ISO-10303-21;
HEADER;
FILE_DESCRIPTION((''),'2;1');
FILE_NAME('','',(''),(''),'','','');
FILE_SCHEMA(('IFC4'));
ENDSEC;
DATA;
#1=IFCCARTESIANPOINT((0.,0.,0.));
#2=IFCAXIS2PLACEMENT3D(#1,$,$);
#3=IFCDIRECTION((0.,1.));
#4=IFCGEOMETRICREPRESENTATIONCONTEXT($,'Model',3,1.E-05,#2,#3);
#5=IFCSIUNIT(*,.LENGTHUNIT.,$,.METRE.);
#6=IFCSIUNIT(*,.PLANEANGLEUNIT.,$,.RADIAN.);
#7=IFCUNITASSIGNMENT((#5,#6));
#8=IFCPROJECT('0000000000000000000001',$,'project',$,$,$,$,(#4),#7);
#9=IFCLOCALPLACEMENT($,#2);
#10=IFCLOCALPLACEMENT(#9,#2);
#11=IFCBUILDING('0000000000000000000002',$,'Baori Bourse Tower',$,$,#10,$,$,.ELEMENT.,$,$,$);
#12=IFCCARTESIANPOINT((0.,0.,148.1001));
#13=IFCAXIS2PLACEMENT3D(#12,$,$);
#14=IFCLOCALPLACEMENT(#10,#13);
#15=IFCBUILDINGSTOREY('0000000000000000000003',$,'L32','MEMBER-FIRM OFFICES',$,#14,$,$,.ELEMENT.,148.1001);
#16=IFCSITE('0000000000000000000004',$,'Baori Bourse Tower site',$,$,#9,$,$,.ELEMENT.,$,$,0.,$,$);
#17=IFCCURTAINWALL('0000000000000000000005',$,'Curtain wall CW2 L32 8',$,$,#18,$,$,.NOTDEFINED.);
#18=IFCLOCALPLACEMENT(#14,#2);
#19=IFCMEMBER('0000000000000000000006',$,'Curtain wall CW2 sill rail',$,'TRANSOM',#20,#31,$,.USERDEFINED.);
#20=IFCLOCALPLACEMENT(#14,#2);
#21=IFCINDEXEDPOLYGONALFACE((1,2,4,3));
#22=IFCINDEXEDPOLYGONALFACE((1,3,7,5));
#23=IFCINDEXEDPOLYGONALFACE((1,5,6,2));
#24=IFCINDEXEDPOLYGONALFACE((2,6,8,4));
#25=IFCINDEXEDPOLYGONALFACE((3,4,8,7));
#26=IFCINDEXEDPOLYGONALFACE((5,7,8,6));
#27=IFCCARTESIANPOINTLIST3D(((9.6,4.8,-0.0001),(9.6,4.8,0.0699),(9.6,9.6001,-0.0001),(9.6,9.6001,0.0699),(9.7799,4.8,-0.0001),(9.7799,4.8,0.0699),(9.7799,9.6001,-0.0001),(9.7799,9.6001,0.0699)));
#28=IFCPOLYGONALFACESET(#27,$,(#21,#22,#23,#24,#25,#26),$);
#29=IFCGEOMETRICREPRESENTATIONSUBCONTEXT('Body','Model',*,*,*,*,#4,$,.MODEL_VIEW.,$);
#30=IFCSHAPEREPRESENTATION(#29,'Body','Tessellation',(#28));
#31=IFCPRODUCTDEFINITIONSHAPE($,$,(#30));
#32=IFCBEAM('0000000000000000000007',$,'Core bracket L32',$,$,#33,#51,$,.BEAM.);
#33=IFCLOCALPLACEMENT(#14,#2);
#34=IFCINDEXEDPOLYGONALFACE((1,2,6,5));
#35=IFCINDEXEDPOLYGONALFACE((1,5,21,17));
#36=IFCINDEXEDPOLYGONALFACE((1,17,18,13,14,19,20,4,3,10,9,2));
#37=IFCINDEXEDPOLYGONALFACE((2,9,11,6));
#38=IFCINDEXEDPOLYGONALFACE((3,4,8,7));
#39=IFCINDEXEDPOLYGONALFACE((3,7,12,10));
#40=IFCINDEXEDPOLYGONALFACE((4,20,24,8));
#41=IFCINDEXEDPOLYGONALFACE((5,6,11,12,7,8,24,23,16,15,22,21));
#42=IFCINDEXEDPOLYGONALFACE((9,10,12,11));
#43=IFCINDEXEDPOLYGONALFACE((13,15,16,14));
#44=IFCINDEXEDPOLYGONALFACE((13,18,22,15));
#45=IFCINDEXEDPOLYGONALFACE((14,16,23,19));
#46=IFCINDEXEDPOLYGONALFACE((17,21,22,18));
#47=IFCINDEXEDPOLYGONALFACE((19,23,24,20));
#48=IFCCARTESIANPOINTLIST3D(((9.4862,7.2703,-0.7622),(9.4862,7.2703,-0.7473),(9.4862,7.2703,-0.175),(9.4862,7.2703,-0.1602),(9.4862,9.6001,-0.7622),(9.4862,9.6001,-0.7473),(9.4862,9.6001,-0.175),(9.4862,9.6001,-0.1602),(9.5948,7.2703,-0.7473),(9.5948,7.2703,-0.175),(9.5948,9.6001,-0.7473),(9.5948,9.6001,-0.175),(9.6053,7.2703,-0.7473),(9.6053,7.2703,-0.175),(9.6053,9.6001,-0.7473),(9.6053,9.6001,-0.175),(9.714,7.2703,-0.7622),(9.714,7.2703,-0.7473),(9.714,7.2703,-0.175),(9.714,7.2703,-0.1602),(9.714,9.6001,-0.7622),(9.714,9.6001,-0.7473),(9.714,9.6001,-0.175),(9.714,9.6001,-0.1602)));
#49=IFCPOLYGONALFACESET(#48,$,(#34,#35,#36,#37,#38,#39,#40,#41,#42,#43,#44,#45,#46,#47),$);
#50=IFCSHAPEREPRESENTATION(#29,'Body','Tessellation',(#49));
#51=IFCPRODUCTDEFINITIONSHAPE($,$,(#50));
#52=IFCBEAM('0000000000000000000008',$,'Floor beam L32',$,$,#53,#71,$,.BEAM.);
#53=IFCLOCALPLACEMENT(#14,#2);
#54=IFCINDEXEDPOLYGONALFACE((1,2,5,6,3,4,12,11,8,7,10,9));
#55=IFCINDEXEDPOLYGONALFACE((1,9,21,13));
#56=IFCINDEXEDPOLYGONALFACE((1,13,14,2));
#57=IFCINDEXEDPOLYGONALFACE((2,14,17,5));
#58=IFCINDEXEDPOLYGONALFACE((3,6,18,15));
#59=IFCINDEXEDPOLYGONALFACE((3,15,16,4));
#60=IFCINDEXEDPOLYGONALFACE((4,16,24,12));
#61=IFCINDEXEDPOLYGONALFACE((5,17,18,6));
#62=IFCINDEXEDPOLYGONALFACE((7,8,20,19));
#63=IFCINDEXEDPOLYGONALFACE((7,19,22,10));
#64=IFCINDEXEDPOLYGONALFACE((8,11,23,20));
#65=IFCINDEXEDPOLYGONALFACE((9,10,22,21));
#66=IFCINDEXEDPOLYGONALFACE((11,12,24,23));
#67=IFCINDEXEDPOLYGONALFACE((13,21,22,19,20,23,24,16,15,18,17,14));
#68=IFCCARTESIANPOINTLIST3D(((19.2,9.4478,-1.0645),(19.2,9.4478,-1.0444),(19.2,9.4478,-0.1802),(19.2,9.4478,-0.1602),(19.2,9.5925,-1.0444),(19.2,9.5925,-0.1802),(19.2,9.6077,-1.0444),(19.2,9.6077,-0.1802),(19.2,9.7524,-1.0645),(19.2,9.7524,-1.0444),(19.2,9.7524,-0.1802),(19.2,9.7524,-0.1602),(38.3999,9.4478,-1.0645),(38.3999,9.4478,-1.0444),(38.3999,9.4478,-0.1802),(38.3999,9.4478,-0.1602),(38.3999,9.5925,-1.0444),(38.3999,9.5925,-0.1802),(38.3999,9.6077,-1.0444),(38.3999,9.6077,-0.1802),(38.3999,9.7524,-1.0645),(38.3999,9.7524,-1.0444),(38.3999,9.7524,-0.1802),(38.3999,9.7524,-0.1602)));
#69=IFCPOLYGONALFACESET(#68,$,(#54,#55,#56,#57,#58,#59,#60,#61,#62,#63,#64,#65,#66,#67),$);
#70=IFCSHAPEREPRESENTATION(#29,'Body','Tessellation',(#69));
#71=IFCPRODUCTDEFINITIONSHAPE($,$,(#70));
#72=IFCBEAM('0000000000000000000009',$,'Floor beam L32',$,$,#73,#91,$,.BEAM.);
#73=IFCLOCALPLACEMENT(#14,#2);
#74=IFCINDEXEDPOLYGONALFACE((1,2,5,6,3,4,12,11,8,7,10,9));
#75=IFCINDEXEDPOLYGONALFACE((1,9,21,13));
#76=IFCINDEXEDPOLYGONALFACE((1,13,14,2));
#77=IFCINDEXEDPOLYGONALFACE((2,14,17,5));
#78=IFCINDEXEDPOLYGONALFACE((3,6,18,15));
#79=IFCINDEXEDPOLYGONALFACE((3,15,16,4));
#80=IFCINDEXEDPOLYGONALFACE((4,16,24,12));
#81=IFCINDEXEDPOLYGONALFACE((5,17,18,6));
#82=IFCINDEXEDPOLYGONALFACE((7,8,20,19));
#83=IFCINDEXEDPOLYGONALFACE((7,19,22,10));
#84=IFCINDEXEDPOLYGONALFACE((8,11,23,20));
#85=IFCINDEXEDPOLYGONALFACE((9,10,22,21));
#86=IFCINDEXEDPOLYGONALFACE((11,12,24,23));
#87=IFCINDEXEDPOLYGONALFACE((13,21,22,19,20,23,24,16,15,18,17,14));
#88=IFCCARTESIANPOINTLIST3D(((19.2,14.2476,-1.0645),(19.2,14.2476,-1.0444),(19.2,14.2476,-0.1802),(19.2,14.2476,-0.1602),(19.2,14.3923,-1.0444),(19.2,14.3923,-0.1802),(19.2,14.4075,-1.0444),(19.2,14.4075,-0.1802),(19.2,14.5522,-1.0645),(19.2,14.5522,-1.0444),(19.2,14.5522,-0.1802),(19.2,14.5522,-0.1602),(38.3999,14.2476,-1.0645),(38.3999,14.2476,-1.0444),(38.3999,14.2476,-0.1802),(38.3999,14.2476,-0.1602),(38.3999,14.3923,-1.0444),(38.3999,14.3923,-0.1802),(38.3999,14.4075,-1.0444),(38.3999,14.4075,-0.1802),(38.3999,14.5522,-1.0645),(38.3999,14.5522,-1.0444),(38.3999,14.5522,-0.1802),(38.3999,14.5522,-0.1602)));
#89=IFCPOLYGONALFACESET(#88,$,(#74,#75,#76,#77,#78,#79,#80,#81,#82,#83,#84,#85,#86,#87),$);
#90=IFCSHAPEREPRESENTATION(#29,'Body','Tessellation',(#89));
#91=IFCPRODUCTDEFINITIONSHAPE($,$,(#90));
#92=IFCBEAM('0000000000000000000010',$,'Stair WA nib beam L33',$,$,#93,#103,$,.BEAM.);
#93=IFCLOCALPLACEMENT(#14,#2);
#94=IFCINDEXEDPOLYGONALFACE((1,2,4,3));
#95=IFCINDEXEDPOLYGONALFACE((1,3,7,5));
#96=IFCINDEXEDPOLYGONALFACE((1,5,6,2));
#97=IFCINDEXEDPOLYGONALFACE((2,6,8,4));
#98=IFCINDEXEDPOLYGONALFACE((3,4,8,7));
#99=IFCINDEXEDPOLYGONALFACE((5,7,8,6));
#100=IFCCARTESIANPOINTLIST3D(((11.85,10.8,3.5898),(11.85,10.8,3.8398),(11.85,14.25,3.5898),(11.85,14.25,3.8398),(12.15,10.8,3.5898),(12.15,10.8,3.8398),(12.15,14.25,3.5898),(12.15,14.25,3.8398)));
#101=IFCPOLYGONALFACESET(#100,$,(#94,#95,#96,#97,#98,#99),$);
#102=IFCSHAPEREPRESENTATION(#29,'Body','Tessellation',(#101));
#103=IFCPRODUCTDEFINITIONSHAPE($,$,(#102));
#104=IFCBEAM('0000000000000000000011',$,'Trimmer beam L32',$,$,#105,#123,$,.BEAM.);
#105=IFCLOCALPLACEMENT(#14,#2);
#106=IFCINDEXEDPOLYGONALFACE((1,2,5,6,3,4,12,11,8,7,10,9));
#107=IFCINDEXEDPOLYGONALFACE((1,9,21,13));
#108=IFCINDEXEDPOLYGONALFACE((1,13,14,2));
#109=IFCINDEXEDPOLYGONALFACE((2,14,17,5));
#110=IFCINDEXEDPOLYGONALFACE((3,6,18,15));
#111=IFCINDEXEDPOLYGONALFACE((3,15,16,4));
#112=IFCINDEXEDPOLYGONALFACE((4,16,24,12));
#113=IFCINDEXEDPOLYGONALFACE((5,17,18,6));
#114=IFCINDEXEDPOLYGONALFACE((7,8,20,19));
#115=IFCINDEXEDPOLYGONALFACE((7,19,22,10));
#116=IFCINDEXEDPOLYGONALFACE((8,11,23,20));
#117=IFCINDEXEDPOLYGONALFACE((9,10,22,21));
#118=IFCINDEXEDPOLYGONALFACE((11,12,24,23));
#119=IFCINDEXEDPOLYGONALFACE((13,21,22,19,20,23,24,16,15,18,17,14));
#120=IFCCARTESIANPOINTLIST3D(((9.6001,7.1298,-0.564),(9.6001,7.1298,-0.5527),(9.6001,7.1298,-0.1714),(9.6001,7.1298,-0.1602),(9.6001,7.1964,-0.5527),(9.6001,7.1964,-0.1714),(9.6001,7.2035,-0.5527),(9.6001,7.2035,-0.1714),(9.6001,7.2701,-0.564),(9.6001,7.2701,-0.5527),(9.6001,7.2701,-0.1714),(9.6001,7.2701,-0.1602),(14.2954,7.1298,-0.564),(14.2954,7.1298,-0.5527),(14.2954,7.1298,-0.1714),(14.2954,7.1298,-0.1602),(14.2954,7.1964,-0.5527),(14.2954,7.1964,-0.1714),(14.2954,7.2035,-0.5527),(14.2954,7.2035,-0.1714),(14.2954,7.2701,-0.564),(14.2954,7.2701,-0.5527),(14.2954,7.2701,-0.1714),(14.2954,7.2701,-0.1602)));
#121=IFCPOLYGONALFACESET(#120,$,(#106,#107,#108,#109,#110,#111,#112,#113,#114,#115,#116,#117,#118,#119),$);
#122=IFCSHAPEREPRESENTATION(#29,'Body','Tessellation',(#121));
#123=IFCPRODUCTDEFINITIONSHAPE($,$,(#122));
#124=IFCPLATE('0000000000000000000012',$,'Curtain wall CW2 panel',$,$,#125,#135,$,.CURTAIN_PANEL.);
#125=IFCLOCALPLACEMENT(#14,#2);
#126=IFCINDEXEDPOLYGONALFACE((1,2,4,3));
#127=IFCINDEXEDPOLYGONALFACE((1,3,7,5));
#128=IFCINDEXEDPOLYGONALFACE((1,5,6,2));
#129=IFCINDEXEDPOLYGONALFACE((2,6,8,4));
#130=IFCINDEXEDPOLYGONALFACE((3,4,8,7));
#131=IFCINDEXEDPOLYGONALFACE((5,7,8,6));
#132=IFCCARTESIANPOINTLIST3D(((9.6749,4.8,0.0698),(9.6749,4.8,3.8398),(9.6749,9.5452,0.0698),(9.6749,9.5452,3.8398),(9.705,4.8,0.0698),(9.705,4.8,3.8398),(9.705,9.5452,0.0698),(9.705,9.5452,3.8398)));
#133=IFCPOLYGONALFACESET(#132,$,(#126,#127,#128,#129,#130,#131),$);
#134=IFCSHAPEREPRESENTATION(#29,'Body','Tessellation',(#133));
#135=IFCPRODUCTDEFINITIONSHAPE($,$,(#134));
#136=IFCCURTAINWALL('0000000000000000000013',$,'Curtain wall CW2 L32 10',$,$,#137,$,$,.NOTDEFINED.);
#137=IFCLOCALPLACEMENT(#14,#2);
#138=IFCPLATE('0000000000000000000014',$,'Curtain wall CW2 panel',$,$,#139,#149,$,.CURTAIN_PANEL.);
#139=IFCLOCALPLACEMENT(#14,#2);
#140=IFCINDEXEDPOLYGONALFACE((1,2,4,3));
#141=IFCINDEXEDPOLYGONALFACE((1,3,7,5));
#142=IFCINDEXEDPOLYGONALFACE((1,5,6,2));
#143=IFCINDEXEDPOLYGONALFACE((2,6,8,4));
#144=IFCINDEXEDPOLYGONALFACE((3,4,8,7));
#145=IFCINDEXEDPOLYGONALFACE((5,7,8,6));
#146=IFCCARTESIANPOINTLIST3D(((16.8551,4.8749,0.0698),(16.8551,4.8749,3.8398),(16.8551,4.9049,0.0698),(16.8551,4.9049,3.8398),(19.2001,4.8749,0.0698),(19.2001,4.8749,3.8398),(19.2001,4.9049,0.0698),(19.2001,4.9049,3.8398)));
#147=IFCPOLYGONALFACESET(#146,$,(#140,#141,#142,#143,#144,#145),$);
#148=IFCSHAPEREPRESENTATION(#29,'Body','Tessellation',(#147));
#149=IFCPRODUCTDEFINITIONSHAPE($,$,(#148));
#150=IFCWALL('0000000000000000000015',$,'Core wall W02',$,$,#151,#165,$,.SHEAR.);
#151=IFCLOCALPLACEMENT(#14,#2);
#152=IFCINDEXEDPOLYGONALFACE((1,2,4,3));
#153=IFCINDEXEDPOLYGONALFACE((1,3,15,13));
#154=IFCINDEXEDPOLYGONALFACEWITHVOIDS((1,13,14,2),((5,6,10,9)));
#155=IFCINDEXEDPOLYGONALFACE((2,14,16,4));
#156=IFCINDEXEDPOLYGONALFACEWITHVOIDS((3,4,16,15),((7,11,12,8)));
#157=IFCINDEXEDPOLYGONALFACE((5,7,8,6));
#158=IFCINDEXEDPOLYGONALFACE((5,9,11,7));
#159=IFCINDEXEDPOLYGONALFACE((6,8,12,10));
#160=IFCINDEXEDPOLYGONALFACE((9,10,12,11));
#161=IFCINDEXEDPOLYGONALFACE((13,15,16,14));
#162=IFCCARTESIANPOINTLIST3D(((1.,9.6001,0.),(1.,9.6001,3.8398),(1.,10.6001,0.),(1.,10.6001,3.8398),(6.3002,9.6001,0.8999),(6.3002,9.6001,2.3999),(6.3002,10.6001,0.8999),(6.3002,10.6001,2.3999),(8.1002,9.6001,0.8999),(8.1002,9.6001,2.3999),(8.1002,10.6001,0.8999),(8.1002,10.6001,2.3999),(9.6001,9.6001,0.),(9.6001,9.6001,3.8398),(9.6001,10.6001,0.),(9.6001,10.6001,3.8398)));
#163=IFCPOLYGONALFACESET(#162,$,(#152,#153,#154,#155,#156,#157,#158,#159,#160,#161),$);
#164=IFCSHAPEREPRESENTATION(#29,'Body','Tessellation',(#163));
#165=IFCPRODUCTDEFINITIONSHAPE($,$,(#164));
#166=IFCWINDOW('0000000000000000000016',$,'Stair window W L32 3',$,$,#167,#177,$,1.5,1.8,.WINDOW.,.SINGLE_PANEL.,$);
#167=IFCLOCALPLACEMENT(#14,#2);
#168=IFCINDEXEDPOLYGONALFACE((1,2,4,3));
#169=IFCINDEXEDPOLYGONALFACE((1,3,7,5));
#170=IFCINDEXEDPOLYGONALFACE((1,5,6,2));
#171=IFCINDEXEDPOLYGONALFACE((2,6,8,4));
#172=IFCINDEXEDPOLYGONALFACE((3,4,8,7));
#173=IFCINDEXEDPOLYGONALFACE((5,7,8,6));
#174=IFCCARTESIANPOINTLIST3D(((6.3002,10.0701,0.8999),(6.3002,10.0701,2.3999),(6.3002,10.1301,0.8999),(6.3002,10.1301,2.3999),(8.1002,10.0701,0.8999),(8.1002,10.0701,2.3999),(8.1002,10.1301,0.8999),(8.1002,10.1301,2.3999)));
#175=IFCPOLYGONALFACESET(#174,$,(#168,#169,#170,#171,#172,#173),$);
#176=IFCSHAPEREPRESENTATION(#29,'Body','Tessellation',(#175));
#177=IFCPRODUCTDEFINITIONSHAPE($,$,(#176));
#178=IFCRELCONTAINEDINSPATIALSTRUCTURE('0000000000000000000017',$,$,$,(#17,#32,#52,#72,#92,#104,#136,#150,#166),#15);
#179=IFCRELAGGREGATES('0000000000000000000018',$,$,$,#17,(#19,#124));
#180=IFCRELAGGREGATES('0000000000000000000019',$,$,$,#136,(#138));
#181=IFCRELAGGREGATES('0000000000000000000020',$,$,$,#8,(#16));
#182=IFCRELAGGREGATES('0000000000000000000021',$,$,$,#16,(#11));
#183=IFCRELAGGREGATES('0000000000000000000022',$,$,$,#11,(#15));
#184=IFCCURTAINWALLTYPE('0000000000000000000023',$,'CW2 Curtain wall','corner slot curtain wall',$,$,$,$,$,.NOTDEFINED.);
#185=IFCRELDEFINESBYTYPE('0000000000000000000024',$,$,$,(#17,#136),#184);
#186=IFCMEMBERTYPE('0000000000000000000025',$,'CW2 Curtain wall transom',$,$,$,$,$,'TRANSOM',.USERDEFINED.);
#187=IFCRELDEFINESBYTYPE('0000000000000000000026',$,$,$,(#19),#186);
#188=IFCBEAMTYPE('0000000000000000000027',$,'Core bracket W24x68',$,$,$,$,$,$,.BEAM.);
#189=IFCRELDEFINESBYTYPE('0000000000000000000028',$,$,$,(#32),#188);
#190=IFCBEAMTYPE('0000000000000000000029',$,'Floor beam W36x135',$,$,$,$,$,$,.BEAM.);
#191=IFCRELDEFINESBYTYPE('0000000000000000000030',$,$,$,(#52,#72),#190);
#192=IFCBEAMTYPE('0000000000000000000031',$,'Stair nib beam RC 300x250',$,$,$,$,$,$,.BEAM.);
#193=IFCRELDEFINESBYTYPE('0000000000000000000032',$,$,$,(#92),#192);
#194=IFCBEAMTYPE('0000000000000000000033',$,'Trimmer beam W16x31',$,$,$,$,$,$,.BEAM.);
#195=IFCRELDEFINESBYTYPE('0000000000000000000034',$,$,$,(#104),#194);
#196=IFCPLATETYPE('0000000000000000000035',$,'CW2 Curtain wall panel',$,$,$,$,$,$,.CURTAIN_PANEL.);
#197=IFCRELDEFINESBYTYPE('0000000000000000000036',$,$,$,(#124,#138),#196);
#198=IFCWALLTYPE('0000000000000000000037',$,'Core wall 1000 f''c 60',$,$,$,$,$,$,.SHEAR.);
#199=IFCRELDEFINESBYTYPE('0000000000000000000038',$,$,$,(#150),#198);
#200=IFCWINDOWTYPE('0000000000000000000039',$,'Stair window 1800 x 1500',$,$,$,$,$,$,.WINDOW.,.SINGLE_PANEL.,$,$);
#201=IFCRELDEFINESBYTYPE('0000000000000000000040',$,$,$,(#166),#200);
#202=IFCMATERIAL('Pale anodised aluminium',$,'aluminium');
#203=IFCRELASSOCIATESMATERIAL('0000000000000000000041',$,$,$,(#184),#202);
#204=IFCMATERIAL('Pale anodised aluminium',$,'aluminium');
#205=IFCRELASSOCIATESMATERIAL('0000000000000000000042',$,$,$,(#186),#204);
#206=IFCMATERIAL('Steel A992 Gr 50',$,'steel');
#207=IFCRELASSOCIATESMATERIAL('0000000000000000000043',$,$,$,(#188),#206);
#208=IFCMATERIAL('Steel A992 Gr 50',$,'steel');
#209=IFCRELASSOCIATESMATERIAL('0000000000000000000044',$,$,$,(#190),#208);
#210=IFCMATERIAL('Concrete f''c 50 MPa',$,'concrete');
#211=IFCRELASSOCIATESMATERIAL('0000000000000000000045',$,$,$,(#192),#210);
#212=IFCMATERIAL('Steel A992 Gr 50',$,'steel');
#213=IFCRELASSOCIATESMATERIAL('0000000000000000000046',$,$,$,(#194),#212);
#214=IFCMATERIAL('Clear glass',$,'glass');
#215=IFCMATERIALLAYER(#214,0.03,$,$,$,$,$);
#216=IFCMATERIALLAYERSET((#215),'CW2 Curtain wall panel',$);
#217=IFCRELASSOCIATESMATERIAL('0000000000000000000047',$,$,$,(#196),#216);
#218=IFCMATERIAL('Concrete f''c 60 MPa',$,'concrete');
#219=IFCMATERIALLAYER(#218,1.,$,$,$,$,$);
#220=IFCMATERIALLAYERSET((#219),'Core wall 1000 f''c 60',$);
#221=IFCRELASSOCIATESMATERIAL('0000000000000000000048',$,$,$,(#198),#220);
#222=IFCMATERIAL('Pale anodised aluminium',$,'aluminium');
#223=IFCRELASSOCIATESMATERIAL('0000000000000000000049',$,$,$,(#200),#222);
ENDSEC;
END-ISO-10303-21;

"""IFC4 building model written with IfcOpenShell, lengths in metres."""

from ifc_helpers import new_model, si_unit, direction, frame, frame_2d, origin, origin_2d, place, context, subcontext, project, spatial, rectangle, i_section, extrude, material, layer, layer_set, material_profile, profile_set, type_object, element, fill, aggregate, save


model = new_model("IFC4")

# Units and contexts
model_context = context("Model", 3, precision=1e-05, world=origin(), true_north=direction((0.0, 1.0)))
body_context = subcontext(model_context, "Body", "Model", "MODEL_VIEW")
ifc_project = project(units=[si_unit("LENGTHUNIT", "METRE"), si_unit("PLANEANGLEUNIT", "RADIAN")], contexts=[model_context])

# Site, building, storey
site_placement = place(None, origin())
site = spatial("IfcSite", under=ifc_project, at=site_placement, Name="Baori Bourse Tower site", CompositionType="ELEMENT", RefElevation=0.0)
building_placement = place(site_placement, origin())
building = spatial("IfcBuilding", under=site, at=building_placement, Name="Baori Bourse Tower", CompositionType="ELEMENT")
storey_placement = place(building_placement, frame((0.0, 0.0, 148.1001)))
storey = spatial("IfcBuildingStorey", under=building, at=storey_placement, Name="L32", Description="MEMBER-FIRM OFFICES", CompositionType="ELEMENT", Elevation=148.1001)

# Curtain wall, member
ifc_material_1 = material(Name="Pale anodised aluminium", Category="aluminium")
curtain_wall_type = type_object("IfcCurtainWallType", Name="CW2 Curtain wall", Description="corner slot curtain wall", PredefinedType="NOTDEFINED", material=ifc_material_1)
curtain_wall_1_placement = place(storey_placement, origin())
curtain_wall_1 = element("IfcCurtainWall", 1, at=curtain_wall_1_placement, inside=storey, type_object=curtain_wall_type, Name="Curtain wall CW2 L32 8", PredefinedType="NOTDEFINED")
ifc_material_2 = material(Name="Pale anodised aluminium", Category="aluminium")
ifc_material_profile_1 = material_profile(ifc_material_2, rectangle(XDim=0.1799, YDim=0.0701, at=origin_2d()), Name="Transom 70x180")
ifc_profile_set_1 = profile_set([ifc_material_profile_1], Name="Pale anodised aluminium")
member_type = type_object("IfcMemberType", Name="CW2 Curtain wall transom", ElementType="TRANSOM", PredefinedType="USERDEFINED", material=ifc_profile_set_1)
member_placement = place(storey_placement, frame((9.6899, 9.6001, 0.0349), z_axis=(0.0, -1.0, 0.0), x_axis=(1.0, 0.0, 0.0)))
member = element("IfcMember", 2, at=member_placement, type_object=member_type, Name="Curtain wall CW2 sill rail", ObjectType="TRANSOM", PredefinedType="USERDEFINED", context=body_context, shape_type="SweptSolid", body=[
    extrude(rectangle(XDim=0.1799, YDim=0.0701, at=origin_2d()), origin(), (0.0, 0.0, 1.0), 4.8),
])

# Beams
ifc_material_3 = material(Name="Steel A992 Gr 50", Category="steel")
ifc_material_profile_2 = material_profile(ifc_material_3, i_section(OverallWidth=0.2278, OverallDepth=0.6021, WebThickness=0.0105, FlangeThickness=0.0149, at=origin_2d()), Name="W24x68")
ifc_profile_set_2 = profile_set([ifc_material_profile_2], Name="Steel A992 Gr 50")
beam_type_1 = type_object("IfcBeamType", Name="Core bracket W24x68", PredefinedType="BEAM", material=ifc_profile_set_2)
beam_1_placement = place(storey_placement, frame((9.6001, 7.2703, -0.4612), z_axis=(0.0, 1.0, 0.0), x_axis=(-1.0, 0.0, 0.0)))
element("IfcBeam", 3, at=beam_1_placement, inside=storey, type_object=beam_type_1, Name="Core bracket L32", PredefinedType="BEAM", context=body_context, shape_type="SweptSolid", body=[
    extrude(i_section(OverallWidth=0.2278, OverallDepth=0.6021, WebThickness=0.0105, FlangeThickness=0.0149, at=origin_2d()), origin(), (0.0, 0.0, 1.0), 2.3298),
])
ifc_material_4 = material(Name="Steel A992 Gr 50", Category="steel")
ifc_material_profile_3 = material_profile(ifc_material_4, i_section(OverallWidth=0.3047, OverallDepth=0.9043, WebThickness=0.0151, FlangeThickness=0.02, at=origin_2d()), Name="W36x135")
ifc_profile_set_3 = profile_set([ifc_material_profile_3], Name="Steel A992 Gr 50")
beam_type_2 = type_object("IfcBeamType", Name="Floor beam W36x135", PredefinedType="BEAM", material=ifc_profile_set_3)
for number, where, z_axis, x_axis, name in (
    (4, (19.2, 9.6001, -0.6123), (1.0, 0.0, 0.0), (0.0, 1.0, 0.0), "Floor beam L32"),
    (5, (19.2, 14.3999, -0.6123), (1.0, 0.0, 0.0), (0.0, 1.0, 0.0), "Floor beam L32"),
):
    element("IfcBeam", number, at=place(storey_placement, frame(where, z_axis=z_axis, x_axis=x_axis)), inside=storey, type_object=beam_type_2, Name=name, PredefinedType="BEAM", context=body_context, shape_type="SweptSolid", body=[
        extrude(i_section(OverallWidth=0.3047, OverallDepth=0.9043, WebThickness=0.0151, FlangeThickness=0.02, at=origin_2d()), origin(), (0.0, 0.0, 1.0), 19.2),
    ])
ifc_material_5 = material(Name="Concrete f'c 50 MPa", Category="concrete")
ifc_material_profile_4 = material_profile(ifc_material_5, rectangle(XDim=0.3, YDim=0.25, at=origin_2d()), Name="RC 300x250")
ifc_profile_set_4 = profile_set([ifc_material_profile_4], Name="Concrete f'c 50 MPa")
beam_type_3 = type_object("IfcBeamType", Name="Stair nib beam RC 300x250", PredefinedType="BEAM", material=ifc_profile_set_4)
beam_2_placement = place(storey_placement, frame((12.0, 10.8, 3.7148), z_axis=(0.0, 1.0, 0.0), x_axis=(-1.0, 0.0, 0.0)))
element("IfcBeam", 6, at=beam_2_placement, inside=storey, type_object=beam_type_3, Name="Stair WA nib beam L33", PredefinedType="BEAM", context=body_context, shape_type="SweptSolid", body=[
    extrude(rectangle(XDim=0.3, YDim=0.25, at=origin_2d()), origin(), (0.0, 0.0, 1.0), 3.45),
])
ifc_material_6 = material(Name="Steel A992 Gr 50", Category="steel")
ifc_material_profile_5 = material_profile(ifc_material_6, i_section(OverallWidth=0.1404, OverallDepth=0.4038, WebThickness=0.0071, FlangeThickness=0.0112, at=origin_2d()), Name="W16x31")
ifc_profile_set_5 = profile_set([ifc_material_profile_5], Name="Steel A992 Gr 50")
beam_type_4 = type_object("IfcBeamType", Name="Trimmer beam W16x31", PredefinedType="BEAM", material=ifc_profile_set_5)
beam_3_placement = place(storey_placement, frame((9.6001, 7.2, -0.3621), z_axis=(1.0, 0.0, 0.0), x_axis=(0.0, 1.0, 0.0)))
element("IfcBeam", 7, at=beam_3_placement, inside=storey, type_object=beam_type_4, Name="Trimmer beam L32", PredefinedType="BEAM", context=body_context, shape_type="SweptSolid", body=[
    extrude(i_section(OverallWidth=0.1404, OverallDepth=0.4038, WebThickness=0.0071, FlangeThickness=0.0112, at=origin_2d()), origin(), (0.0, 0.0, 1.0), 4.6953),
])

# Plate
ifc_material_7 = material(Name="Clear glass", Category="glass")
ifc_layer_1 = layer(ifc_material_7, 0.03)
ifc_layer_set_1 = layer_set([ifc_layer_1], Name="CW2 Curtain wall panel")
plate_type = type_object("IfcPlateType", Name="CW2 Curtain wall panel", PredefinedType="CURTAIN_PANEL", material=ifc_layer_set_1)
plate_1_placement = place(storey_placement, frame((9.6899, 7.1726, 0.0698), z_axis=(0.0, 0.0, 1.0), x_axis=(0.0, -1.0, 0.0)))
plate_1 = element("IfcPlate", 8, at=plate_1_placement, type_object=plate_type, Name="Curtain wall CW2 panel", PredefinedType="CURTAIN_PANEL", context=body_context, shape_type="SweptSolid", body=[
    extrude(rectangle(XDim=4.7451, YDim=0.03, at=origin_2d()), origin(), (0.0, 0.0, 1.0), 3.77),
])
aggregate(curtain_wall_1, [member, plate_1])

# Curtain wall, plate
curtain_wall_2_placement = place(storey_placement, origin())
curtain_wall_2 = element("IfcCurtainWall", 9, at=curtain_wall_2_placement, inside=storey, type_object=curtain_wall_type, Name="Curtain wall CW2 L32 10", PredefinedType="NOTDEFINED")
plate_2_placement = place(storey_placement, frame((18.0276, 4.8899, 0.0698), z_axis=(0.0, 0.0, 1.0), x_axis=(1.0, 0.0, 0.0)))
plate_2 = element("IfcPlate", 10, at=plate_2_placement, type_object=plate_type, Name="Curtain wall CW2 panel", PredefinedType="CURTAIN_PANEL", context=body_context, shape_type="SweptSolid", body=[
    extrude(rectangle(XDim=2.345, YDim=0.03, at=origin_2d()), origin(), (0.0, 0.0, 1.0), 3.77),
])
aggregate(curtain_wall_2, [plate_2])

# Wall, opening, window
ifc_material_8 = material(Name="Concrete f'c 60 MPa", Category="concrete")
ifc_layer_2 = layer(ifc_material_8, 1.0)
ifc_layer_set_2 = layer_set([ifc_layer_2], Name="Core wall 1000 f'c 60")
wall_type_1 = type_object("IfcWallType", Name="Core wall 1000 f'c 60", PredefinedType="SHEAR", material=ifc_layer_set_2)
wall_1_placement = place(storey_placement, frame((9.6001, 10.1001, 0.0), z_axis=(0.0, 0.0, 1.0), x_axis=(-1.0, 0.0, 0.0)))
wall_1 = element("IfcWall", 11, at=wall_1_placement, inside=storey, type_object=wall_type_1, Name="Core wall W02", PredefinedType="SHEAR", context=body_context, shape_type="SweptSolid", body=[
    extrude(rectangle(XDim=8.6001, YDim=1.0, at=frame_2d((4.3, 0.0))), origin(), (0.0, 0.0, 1.0), 3.8398),
])
opening_1_placement = place(wall_1_placement, frame((1.5, 0.0, 0.8999)))
opening_1 = element("IfcOpeningElement", 12, at=opening_1_placement, cuts=wall_1, PredefinedType="OPENING", context=body_context, shape_type="SweptSolid", body=[
    extrude(rectangle(XDim=1.8, YDim=1.5, at=frame_2d((0.8999, 0.75))), frame((0.0, 0.51, 0.0), z_axis=(0.0, -1.0, 0.0), x_axis=(1.0, 0.0, 0.0)), (0.0, 0.0, 1.0), 1.02),
])
ifc_material_9 = material(Name="Pale anodised aluminium", Category="aluminium")
window_type = type_object("IfcWindowType", Name="Stair window 1800 x 1500", PartitioningType="SINGLE_PANEL", PredefinedType="WINDOW", material=ifc_material_9)
window_placement = place(opening_1_placement, origin())
window = element("IfcWindow", 13, at=window_placement, inside=storey, type_object=window_type, Name="Stair window W L32 3", OverallHeight=1.5, OverallWidth=1.8, PartitioningType="SINGLE_PANEL", PredefinedType="WINDOW", context=body_context, shape_type="SweptSolid", body=[
    extrude(rectangle(XDim=1.8, YDim=1.5, at=frame_2d((0.8999, 0.75))), frame((0.0, 0.03, 0.0), z_axis=(0.0, -1.0, 0.0), x_axis=(1.0, 0.0, 0.0)), (0.0, 0.0, 1.0), 0.0601),
])
fill(opening_1, window)

save(model, "model.ifc")
